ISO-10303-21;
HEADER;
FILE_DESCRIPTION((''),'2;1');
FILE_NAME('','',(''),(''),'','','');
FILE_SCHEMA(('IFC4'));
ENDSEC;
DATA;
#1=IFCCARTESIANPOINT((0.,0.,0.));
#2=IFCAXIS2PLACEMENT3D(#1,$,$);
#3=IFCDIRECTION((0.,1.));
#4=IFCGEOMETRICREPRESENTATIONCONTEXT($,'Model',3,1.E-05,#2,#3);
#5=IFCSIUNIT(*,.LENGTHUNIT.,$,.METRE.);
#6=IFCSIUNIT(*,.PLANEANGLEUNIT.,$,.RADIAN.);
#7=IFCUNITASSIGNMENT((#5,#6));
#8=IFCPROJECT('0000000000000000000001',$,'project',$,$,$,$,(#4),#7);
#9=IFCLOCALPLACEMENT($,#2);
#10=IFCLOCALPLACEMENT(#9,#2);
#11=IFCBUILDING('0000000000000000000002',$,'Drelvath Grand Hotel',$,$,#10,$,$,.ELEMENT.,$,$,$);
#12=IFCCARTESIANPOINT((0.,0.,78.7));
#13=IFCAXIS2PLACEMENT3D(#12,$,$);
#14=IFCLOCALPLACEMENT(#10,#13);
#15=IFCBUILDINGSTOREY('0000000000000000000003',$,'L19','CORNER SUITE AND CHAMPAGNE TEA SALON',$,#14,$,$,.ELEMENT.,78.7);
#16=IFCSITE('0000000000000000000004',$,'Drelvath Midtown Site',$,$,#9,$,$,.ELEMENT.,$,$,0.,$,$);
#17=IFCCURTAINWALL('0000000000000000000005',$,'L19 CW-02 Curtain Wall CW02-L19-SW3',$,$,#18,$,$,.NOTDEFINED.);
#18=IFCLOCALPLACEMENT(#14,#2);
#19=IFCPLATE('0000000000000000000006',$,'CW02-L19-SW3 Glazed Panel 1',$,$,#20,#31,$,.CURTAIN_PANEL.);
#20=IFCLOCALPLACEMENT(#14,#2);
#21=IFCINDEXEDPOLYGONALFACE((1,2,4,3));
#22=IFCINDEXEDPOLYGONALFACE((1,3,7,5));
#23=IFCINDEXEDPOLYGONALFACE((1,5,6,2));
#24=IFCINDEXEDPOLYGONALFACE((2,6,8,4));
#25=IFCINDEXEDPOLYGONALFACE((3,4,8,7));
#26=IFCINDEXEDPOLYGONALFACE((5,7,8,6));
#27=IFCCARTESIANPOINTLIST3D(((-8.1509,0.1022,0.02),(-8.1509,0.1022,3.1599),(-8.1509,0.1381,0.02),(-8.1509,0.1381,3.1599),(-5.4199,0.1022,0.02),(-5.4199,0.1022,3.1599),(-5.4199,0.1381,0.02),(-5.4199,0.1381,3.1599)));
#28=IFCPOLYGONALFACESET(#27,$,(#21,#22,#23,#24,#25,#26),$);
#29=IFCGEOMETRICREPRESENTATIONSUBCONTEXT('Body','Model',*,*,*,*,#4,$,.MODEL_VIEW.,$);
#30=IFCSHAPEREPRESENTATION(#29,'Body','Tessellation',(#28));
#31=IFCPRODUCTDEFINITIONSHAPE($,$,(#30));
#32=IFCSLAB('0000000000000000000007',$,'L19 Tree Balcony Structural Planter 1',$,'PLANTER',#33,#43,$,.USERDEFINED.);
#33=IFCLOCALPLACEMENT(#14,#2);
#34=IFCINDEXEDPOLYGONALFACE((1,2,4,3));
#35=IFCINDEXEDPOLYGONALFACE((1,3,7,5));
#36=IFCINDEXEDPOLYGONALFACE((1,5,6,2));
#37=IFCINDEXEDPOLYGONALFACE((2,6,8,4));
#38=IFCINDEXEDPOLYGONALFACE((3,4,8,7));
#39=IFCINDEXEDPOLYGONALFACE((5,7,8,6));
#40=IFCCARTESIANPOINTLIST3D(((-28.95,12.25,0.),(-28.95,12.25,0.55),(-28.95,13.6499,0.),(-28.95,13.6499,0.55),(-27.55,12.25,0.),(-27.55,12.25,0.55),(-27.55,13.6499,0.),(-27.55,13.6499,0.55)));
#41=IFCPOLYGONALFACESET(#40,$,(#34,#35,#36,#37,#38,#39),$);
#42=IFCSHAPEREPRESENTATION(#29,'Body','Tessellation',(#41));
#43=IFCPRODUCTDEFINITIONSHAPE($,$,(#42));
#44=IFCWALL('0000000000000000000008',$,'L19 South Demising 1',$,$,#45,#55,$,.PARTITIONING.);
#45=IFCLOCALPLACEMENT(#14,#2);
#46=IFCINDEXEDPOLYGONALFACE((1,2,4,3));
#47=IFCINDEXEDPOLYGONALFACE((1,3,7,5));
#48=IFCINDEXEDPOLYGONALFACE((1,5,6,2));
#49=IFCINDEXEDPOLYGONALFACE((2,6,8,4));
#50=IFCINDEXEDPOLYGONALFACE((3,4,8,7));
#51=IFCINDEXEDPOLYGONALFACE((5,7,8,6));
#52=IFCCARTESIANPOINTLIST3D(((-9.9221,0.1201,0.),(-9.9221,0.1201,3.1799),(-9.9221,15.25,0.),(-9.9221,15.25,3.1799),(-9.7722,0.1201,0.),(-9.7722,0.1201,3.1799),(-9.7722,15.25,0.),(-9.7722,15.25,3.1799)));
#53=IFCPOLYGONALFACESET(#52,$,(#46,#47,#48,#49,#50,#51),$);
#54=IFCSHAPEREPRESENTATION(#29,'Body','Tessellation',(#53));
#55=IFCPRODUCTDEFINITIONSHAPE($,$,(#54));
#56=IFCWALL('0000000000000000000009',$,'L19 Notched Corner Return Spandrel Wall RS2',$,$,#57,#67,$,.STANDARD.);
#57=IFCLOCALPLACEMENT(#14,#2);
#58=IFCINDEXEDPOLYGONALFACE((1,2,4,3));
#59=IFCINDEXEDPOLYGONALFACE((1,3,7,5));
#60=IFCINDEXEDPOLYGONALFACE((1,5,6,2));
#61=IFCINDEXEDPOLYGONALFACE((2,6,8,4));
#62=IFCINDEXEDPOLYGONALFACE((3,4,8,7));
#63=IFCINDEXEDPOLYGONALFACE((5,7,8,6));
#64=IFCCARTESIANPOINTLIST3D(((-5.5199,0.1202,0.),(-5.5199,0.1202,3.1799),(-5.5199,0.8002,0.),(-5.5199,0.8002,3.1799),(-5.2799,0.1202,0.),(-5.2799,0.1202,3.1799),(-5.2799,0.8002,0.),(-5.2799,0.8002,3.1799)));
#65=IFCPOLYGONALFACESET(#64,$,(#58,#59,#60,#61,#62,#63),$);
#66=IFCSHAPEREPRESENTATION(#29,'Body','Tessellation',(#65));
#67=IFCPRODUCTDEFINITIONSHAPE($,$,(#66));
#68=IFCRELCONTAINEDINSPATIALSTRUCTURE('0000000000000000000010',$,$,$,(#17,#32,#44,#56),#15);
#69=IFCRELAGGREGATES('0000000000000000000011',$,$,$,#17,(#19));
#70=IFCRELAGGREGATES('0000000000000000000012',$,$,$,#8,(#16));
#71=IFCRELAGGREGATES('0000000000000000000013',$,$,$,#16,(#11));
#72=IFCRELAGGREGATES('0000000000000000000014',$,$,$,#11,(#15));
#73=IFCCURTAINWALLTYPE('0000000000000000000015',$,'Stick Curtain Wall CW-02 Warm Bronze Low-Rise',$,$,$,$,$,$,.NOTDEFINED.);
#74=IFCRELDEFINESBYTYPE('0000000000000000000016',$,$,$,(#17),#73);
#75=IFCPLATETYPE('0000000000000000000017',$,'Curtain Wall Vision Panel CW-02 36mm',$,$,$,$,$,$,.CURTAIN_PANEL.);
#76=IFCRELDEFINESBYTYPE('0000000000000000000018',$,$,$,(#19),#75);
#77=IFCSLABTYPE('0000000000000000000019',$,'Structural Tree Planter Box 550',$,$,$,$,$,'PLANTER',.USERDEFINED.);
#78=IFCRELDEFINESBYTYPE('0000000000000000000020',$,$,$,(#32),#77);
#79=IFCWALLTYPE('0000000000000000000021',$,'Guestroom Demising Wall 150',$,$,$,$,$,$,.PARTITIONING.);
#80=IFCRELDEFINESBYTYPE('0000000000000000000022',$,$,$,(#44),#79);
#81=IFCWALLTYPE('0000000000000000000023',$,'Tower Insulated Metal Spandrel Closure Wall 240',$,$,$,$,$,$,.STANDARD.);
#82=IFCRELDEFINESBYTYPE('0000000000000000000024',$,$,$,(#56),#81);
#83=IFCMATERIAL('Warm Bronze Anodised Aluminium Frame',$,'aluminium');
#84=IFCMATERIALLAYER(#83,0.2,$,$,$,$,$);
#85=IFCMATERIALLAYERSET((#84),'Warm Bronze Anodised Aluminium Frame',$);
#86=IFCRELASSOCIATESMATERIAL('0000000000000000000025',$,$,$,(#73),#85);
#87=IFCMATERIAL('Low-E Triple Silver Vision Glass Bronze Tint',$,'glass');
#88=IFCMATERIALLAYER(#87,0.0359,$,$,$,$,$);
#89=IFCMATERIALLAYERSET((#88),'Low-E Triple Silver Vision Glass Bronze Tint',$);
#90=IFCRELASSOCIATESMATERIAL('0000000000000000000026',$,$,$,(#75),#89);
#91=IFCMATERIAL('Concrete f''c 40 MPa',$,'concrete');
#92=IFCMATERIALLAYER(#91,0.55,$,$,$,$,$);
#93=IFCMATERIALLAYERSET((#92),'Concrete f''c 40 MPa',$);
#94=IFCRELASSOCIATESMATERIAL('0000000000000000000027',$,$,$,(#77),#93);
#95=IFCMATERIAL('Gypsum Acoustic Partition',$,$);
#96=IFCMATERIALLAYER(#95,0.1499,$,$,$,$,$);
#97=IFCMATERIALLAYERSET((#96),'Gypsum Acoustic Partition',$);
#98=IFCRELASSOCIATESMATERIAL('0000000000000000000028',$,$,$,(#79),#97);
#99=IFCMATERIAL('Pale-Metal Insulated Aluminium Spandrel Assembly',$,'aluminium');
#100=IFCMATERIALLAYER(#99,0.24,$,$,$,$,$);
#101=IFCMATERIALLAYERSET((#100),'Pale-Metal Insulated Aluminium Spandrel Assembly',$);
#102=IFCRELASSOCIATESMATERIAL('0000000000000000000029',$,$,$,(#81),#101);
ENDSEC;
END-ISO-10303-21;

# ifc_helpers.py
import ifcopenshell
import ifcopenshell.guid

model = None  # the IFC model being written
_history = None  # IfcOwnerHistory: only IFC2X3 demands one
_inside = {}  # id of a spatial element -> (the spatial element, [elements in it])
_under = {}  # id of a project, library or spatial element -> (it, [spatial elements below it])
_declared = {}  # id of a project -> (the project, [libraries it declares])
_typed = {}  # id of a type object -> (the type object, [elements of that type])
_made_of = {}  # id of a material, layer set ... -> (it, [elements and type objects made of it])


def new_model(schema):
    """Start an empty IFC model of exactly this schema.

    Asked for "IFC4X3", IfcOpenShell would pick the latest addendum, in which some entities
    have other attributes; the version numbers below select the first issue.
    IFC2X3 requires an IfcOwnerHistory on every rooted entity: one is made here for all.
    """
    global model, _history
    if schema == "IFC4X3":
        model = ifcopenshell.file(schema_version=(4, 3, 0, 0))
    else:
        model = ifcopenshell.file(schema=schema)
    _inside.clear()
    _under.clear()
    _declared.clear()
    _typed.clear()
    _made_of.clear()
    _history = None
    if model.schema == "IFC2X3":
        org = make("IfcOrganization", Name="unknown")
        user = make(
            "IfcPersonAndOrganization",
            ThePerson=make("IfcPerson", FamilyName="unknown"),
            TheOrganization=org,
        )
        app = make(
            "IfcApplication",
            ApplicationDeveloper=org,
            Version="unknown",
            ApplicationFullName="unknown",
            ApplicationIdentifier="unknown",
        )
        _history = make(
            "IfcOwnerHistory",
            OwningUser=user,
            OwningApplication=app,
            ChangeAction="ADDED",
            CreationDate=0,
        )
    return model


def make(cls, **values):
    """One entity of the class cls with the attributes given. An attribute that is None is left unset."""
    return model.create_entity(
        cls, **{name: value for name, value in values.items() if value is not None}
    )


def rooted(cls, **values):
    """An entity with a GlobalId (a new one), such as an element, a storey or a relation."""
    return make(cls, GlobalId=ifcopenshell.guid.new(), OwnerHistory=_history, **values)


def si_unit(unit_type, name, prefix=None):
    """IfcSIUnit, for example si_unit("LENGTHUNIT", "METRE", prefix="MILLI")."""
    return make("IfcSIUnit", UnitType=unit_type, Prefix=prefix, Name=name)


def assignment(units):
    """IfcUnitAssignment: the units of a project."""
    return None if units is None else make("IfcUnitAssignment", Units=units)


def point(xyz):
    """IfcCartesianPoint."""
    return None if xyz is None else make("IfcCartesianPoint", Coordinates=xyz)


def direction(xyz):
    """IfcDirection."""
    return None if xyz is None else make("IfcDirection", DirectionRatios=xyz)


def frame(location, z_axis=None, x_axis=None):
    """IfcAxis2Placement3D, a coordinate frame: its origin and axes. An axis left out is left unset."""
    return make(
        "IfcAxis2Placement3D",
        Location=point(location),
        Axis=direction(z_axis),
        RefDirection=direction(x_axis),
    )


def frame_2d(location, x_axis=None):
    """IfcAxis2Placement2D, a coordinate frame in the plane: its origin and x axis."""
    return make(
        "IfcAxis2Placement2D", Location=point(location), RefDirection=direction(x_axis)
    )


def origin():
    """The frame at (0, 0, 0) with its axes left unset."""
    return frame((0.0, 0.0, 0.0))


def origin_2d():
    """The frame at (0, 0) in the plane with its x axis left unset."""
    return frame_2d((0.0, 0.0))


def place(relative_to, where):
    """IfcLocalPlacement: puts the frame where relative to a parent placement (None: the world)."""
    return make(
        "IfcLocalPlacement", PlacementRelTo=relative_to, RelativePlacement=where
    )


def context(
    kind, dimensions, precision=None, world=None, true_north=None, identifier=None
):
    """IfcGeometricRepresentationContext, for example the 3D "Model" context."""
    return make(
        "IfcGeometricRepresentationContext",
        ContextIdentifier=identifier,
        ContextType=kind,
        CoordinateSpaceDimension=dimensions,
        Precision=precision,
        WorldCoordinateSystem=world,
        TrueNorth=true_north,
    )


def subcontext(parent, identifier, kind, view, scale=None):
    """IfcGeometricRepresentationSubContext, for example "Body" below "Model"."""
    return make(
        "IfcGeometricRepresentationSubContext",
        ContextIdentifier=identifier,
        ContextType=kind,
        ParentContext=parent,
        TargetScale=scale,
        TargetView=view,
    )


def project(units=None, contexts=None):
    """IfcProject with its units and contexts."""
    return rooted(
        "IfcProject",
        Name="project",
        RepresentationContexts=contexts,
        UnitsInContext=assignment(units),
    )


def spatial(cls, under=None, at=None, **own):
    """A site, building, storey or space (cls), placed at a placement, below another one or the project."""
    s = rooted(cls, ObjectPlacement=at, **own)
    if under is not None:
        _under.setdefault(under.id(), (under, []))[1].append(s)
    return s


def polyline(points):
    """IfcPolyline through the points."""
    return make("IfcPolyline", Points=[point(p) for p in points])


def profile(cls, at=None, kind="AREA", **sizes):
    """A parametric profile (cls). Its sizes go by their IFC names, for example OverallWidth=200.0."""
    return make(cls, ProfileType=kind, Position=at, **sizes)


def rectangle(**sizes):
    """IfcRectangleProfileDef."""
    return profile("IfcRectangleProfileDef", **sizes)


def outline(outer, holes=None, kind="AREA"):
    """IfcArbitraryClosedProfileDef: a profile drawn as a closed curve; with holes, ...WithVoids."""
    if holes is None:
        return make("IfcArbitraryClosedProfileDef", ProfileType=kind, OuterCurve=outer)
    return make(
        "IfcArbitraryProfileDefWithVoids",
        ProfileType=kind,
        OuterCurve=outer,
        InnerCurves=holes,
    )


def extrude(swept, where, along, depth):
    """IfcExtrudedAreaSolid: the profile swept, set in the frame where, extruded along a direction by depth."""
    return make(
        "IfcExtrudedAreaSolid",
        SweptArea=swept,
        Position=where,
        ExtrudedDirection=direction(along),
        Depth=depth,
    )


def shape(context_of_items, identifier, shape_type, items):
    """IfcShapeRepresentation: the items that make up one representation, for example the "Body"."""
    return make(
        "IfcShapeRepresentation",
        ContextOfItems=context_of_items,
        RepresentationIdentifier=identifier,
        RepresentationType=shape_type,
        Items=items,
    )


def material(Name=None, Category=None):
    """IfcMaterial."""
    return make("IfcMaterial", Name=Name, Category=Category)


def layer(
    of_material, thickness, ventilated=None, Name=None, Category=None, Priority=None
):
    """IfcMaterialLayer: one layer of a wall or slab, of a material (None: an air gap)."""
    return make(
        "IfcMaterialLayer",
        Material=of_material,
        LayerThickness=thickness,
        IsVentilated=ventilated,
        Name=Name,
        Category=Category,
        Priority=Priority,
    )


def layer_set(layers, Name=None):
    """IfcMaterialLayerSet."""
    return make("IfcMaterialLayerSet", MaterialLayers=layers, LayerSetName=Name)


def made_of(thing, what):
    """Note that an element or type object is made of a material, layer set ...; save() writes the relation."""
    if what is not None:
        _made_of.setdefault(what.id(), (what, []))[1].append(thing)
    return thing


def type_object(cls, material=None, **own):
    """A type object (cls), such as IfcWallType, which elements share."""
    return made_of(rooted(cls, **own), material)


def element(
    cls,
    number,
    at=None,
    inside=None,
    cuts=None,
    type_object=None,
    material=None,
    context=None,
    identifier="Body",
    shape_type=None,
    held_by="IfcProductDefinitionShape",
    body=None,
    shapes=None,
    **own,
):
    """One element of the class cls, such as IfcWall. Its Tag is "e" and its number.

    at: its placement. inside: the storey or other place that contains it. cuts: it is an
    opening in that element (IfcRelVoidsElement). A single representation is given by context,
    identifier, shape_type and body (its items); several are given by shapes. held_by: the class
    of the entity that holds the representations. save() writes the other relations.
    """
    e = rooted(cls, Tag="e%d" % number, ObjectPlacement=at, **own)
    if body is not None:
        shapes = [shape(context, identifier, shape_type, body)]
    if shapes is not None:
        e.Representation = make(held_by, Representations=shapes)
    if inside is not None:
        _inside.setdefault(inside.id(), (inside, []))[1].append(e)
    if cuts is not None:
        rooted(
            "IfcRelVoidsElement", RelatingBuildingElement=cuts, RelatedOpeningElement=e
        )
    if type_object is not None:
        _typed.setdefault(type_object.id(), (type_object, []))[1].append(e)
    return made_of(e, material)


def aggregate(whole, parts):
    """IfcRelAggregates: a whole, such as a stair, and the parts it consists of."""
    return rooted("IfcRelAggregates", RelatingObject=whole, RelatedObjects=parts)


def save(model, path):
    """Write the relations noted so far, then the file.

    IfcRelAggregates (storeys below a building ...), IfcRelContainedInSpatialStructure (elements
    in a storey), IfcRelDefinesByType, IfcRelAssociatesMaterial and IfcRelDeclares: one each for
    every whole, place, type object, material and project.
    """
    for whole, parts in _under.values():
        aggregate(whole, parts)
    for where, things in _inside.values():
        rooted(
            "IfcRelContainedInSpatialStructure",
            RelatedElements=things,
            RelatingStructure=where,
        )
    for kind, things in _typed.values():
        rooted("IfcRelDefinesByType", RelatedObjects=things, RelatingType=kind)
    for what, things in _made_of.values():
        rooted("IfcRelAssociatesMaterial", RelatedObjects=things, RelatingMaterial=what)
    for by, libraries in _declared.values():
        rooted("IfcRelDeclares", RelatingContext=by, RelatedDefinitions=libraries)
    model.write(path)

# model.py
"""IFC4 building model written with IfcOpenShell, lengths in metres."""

from ifc_helpers import new_model, si_unit, direction, frame, frame_2d, origin, origin_2d, place, context, subcontext, project, spatial, polyline, rectangle, outline, extrude, material, layer, layer_set, type_object, element, aggregate, save


model = new_model("IFC4")

# Units and contexts
model_context = context("Model", 3, precision=1e-05, world=origin(), true_north=direction((0.0, 1.0)))
body_context = subcontext(model_context, "Body", "Model", "MODEL_VIEW")
ifc_project = project(units=[si_unit("LENGTHUNIT", "METRE"), si_unit("PLANEANGLEUNIT", "RADIAN")], contexts=[model_context])

# Site, building, storey
site_placement = place(None, origin())
site = spatial("IfcSite", under=ifc_project, at=site_placement, Name="Drelvath Midtown Site", CompositionType="ELEMENT", RefElevation=0.0)
building_placement = place(site_placement, origin())
building = spatial("IfcBuilding", under=site, at=building_placement, Name="Drelvath Grand Hotel", CompositionType="ELEMENT")
storey_placement = place(building_placement, frame((0.0, 0.0, 78.7)))
storey = spatial("IfcBuildingStorey", under=building, at=storey_placement, Name="L19", Description="CORNER SUITE AND CHAMPAGNE TEA SALON", CompositionType="ELEMENT", Elevation=78.7)

# Curtain wall
ifc_material_1 = material(Name="Warm Bronze Anodised Aluminium Frame", Category="aluminium")
ifc_layer_1 = layer(ifc_material_1, 0.2)
ifc_layer_set_1 = layer_set([ifc_layer_1], Name="Warm Bronze Anodised Aluminium Frame")
curtain_wall_type = type_object("IfcCurtainWallType", Name="Stick Curtain Wall CW-02 Warm Bronze Low-Rise", PredefinedType="NOTDEFINED", material=ifc_layer_set_1)
curtain_wall_1_placement = place(storey_placement, origin())
curtain_wall_1 = element("IfcCurtainWall", 1, at=curtain_wall_1_placement, inside=storey, type_object=curtain_wall_type, Name="L19 CW-02 Curtain Wall CW02-L19-SW3", PredefinedType="NOTDEFINED")

# Shared definitions
ifc_material_2 = material(Name="Concrete f'c 40 MPa", Category="concrete")

# Plate
ifc_material_3 = material(Name="Low-E Triple Silver Vision Glass Bronze Tint", Category="glass")
ifc_layer_2 = layer(ifc_material_3, 0.0359)
ifc_layer_set_2 = layer_set([ifc_layer_2], Name="Low-E Triple Silver Vision Glass Bronze Tint")
plate_type = type_object("IfcPlateType", Name="Curtain Wall Vision Panel CW-02 36mm", PredefinedType="CURTAIN_PANEL", material=ifc_layer_set_2)
plate_1_placement = place(storey_placement, frame((-6.7854, 0.1201, 0.02), z_axis=(0.0, 0.0, 1.0), x_axis=(-1.0, 0.0, 0.0)))
plate_1 = element("IfcPlate", 2, at=plate_1_placement, type_object=plate_type, Name="CW02-L19-SW3 Glazed Panel 1", PredefinedType="CURTAIN_PANEL", context=body_context, shape_type="SweptSolid", body=[
    extrude(rectangle(XDim=2.731, YDim=0.0359, at=origin_2d()), origin(), (0.0, 0.0, 1.0), 3.1399),
])
aggregate(curtain_wall_1, [plate_1])

# Slab
ifc_layer_3 = layer(ifc_material_2, 0.55)
ifc_layer_set_3 = layer_set([ifc_layer_3], Name="Concrete f'c 40 MPa")
slab_type_1 = type_object("IfcSlabType", Name="Structural Tree Planter Box 550", ElementType="PLANTER", PredefinedType="USERDEFINED", material=ifc_layer_set_3)
slab_1_placement = place(storey_placement, origin())
element("IfcSlab", 3, at=slab_1_placement, inside=storey, type_object=slab_type_1, Name="L19 Tree Balcony Structural Planter 1", ObjectType="PLANTER", PredefinedType="USERDEFINED", context=body_context, shape_type="SweptSolid", body=[
    extrude(outline(polyline([(-28.95, 12.25), (-27.55, 12.25), (-27.55, 13.6499), (-28.95, 13.6499), (-28.95, 12.25)])), origin(), (0.0, 0.0, 1.0), 0.55),
])

# Walls
ifc_material_4 = material(Name="Gypsum Acoustic Partition")
ifc_layer_4 = layer(ifc_material_4, 0.1499)
ifc_layer_set_4 = layer_set([ifc_layer_4], Name="Gypsum Acoustic Partition")
wall_type_1 = type_object("IfcWallType", Name="Guestroom Demising Wall 150", PredefinedType="PARTITIONING", material=ifc_layer_set_4)
wall_1_placement = place(storey_placement, frame((-9.8472, 0.1201, 0.0), z_axis=(0.0, 0.0, 1.0), x_axis=(0.0, 1.0, 0.0)))
element("IfcWall", 4, at=wall_1_placement, inside=storey, type_object=wall_type_1, Name="L19 South Demising 1", PredefinedType="PARTITIONING", context=body_context, shape_type="SweptSolid", body=[
    extrude(rectangle(XDim=15.1299, YDim=0.1499, at=frame_2d((7.5649, 0.0))), origin(), (0.0, 0.0, 1.0), 3.1799),
])
ifc_material_5 = material(Name="Pale-Metal Insulated Aluminium Spandrel Assembly", Category="aluminium")
ifc_layer_5 = layer(ifc_material_5, 0.24)
ifc_layer_set_5 = layer_set([ifc_layer_5], Name="Pale-Metal Insulated Aluminium Spandrel Assembly")
wall_type_2 = type_object("IfcWallType", Name="Tower Insulated Metal Spandrel Closure Wall 240", PredefinedType="STANDARD", material=ifc_layer_set_5)
wall_2_placement = place(storey_placement, frame((-5.3999, 0.8, 0.0), z_axis=(0.0, 0.0, 1.0), x_axis=(0.0, -1.0, 0.0)))
element("IfcWall", 5, at=wall_2_placement, inside=storey, type_object=wall_type_2, Name="L19 Notched Corner Return Spandrel Wall RS2", PredefinedType="STANDARD", context=body_context, shape_type="SweptSolid", body=[
    extrude(rectangle(XDim=0.6799, YDim=0.24, at=frame_2d((0.3398, 0.0))), origin(), (0.0, 0.0, 1.0), 3.1799),
])

save(model, "model.ifc")
